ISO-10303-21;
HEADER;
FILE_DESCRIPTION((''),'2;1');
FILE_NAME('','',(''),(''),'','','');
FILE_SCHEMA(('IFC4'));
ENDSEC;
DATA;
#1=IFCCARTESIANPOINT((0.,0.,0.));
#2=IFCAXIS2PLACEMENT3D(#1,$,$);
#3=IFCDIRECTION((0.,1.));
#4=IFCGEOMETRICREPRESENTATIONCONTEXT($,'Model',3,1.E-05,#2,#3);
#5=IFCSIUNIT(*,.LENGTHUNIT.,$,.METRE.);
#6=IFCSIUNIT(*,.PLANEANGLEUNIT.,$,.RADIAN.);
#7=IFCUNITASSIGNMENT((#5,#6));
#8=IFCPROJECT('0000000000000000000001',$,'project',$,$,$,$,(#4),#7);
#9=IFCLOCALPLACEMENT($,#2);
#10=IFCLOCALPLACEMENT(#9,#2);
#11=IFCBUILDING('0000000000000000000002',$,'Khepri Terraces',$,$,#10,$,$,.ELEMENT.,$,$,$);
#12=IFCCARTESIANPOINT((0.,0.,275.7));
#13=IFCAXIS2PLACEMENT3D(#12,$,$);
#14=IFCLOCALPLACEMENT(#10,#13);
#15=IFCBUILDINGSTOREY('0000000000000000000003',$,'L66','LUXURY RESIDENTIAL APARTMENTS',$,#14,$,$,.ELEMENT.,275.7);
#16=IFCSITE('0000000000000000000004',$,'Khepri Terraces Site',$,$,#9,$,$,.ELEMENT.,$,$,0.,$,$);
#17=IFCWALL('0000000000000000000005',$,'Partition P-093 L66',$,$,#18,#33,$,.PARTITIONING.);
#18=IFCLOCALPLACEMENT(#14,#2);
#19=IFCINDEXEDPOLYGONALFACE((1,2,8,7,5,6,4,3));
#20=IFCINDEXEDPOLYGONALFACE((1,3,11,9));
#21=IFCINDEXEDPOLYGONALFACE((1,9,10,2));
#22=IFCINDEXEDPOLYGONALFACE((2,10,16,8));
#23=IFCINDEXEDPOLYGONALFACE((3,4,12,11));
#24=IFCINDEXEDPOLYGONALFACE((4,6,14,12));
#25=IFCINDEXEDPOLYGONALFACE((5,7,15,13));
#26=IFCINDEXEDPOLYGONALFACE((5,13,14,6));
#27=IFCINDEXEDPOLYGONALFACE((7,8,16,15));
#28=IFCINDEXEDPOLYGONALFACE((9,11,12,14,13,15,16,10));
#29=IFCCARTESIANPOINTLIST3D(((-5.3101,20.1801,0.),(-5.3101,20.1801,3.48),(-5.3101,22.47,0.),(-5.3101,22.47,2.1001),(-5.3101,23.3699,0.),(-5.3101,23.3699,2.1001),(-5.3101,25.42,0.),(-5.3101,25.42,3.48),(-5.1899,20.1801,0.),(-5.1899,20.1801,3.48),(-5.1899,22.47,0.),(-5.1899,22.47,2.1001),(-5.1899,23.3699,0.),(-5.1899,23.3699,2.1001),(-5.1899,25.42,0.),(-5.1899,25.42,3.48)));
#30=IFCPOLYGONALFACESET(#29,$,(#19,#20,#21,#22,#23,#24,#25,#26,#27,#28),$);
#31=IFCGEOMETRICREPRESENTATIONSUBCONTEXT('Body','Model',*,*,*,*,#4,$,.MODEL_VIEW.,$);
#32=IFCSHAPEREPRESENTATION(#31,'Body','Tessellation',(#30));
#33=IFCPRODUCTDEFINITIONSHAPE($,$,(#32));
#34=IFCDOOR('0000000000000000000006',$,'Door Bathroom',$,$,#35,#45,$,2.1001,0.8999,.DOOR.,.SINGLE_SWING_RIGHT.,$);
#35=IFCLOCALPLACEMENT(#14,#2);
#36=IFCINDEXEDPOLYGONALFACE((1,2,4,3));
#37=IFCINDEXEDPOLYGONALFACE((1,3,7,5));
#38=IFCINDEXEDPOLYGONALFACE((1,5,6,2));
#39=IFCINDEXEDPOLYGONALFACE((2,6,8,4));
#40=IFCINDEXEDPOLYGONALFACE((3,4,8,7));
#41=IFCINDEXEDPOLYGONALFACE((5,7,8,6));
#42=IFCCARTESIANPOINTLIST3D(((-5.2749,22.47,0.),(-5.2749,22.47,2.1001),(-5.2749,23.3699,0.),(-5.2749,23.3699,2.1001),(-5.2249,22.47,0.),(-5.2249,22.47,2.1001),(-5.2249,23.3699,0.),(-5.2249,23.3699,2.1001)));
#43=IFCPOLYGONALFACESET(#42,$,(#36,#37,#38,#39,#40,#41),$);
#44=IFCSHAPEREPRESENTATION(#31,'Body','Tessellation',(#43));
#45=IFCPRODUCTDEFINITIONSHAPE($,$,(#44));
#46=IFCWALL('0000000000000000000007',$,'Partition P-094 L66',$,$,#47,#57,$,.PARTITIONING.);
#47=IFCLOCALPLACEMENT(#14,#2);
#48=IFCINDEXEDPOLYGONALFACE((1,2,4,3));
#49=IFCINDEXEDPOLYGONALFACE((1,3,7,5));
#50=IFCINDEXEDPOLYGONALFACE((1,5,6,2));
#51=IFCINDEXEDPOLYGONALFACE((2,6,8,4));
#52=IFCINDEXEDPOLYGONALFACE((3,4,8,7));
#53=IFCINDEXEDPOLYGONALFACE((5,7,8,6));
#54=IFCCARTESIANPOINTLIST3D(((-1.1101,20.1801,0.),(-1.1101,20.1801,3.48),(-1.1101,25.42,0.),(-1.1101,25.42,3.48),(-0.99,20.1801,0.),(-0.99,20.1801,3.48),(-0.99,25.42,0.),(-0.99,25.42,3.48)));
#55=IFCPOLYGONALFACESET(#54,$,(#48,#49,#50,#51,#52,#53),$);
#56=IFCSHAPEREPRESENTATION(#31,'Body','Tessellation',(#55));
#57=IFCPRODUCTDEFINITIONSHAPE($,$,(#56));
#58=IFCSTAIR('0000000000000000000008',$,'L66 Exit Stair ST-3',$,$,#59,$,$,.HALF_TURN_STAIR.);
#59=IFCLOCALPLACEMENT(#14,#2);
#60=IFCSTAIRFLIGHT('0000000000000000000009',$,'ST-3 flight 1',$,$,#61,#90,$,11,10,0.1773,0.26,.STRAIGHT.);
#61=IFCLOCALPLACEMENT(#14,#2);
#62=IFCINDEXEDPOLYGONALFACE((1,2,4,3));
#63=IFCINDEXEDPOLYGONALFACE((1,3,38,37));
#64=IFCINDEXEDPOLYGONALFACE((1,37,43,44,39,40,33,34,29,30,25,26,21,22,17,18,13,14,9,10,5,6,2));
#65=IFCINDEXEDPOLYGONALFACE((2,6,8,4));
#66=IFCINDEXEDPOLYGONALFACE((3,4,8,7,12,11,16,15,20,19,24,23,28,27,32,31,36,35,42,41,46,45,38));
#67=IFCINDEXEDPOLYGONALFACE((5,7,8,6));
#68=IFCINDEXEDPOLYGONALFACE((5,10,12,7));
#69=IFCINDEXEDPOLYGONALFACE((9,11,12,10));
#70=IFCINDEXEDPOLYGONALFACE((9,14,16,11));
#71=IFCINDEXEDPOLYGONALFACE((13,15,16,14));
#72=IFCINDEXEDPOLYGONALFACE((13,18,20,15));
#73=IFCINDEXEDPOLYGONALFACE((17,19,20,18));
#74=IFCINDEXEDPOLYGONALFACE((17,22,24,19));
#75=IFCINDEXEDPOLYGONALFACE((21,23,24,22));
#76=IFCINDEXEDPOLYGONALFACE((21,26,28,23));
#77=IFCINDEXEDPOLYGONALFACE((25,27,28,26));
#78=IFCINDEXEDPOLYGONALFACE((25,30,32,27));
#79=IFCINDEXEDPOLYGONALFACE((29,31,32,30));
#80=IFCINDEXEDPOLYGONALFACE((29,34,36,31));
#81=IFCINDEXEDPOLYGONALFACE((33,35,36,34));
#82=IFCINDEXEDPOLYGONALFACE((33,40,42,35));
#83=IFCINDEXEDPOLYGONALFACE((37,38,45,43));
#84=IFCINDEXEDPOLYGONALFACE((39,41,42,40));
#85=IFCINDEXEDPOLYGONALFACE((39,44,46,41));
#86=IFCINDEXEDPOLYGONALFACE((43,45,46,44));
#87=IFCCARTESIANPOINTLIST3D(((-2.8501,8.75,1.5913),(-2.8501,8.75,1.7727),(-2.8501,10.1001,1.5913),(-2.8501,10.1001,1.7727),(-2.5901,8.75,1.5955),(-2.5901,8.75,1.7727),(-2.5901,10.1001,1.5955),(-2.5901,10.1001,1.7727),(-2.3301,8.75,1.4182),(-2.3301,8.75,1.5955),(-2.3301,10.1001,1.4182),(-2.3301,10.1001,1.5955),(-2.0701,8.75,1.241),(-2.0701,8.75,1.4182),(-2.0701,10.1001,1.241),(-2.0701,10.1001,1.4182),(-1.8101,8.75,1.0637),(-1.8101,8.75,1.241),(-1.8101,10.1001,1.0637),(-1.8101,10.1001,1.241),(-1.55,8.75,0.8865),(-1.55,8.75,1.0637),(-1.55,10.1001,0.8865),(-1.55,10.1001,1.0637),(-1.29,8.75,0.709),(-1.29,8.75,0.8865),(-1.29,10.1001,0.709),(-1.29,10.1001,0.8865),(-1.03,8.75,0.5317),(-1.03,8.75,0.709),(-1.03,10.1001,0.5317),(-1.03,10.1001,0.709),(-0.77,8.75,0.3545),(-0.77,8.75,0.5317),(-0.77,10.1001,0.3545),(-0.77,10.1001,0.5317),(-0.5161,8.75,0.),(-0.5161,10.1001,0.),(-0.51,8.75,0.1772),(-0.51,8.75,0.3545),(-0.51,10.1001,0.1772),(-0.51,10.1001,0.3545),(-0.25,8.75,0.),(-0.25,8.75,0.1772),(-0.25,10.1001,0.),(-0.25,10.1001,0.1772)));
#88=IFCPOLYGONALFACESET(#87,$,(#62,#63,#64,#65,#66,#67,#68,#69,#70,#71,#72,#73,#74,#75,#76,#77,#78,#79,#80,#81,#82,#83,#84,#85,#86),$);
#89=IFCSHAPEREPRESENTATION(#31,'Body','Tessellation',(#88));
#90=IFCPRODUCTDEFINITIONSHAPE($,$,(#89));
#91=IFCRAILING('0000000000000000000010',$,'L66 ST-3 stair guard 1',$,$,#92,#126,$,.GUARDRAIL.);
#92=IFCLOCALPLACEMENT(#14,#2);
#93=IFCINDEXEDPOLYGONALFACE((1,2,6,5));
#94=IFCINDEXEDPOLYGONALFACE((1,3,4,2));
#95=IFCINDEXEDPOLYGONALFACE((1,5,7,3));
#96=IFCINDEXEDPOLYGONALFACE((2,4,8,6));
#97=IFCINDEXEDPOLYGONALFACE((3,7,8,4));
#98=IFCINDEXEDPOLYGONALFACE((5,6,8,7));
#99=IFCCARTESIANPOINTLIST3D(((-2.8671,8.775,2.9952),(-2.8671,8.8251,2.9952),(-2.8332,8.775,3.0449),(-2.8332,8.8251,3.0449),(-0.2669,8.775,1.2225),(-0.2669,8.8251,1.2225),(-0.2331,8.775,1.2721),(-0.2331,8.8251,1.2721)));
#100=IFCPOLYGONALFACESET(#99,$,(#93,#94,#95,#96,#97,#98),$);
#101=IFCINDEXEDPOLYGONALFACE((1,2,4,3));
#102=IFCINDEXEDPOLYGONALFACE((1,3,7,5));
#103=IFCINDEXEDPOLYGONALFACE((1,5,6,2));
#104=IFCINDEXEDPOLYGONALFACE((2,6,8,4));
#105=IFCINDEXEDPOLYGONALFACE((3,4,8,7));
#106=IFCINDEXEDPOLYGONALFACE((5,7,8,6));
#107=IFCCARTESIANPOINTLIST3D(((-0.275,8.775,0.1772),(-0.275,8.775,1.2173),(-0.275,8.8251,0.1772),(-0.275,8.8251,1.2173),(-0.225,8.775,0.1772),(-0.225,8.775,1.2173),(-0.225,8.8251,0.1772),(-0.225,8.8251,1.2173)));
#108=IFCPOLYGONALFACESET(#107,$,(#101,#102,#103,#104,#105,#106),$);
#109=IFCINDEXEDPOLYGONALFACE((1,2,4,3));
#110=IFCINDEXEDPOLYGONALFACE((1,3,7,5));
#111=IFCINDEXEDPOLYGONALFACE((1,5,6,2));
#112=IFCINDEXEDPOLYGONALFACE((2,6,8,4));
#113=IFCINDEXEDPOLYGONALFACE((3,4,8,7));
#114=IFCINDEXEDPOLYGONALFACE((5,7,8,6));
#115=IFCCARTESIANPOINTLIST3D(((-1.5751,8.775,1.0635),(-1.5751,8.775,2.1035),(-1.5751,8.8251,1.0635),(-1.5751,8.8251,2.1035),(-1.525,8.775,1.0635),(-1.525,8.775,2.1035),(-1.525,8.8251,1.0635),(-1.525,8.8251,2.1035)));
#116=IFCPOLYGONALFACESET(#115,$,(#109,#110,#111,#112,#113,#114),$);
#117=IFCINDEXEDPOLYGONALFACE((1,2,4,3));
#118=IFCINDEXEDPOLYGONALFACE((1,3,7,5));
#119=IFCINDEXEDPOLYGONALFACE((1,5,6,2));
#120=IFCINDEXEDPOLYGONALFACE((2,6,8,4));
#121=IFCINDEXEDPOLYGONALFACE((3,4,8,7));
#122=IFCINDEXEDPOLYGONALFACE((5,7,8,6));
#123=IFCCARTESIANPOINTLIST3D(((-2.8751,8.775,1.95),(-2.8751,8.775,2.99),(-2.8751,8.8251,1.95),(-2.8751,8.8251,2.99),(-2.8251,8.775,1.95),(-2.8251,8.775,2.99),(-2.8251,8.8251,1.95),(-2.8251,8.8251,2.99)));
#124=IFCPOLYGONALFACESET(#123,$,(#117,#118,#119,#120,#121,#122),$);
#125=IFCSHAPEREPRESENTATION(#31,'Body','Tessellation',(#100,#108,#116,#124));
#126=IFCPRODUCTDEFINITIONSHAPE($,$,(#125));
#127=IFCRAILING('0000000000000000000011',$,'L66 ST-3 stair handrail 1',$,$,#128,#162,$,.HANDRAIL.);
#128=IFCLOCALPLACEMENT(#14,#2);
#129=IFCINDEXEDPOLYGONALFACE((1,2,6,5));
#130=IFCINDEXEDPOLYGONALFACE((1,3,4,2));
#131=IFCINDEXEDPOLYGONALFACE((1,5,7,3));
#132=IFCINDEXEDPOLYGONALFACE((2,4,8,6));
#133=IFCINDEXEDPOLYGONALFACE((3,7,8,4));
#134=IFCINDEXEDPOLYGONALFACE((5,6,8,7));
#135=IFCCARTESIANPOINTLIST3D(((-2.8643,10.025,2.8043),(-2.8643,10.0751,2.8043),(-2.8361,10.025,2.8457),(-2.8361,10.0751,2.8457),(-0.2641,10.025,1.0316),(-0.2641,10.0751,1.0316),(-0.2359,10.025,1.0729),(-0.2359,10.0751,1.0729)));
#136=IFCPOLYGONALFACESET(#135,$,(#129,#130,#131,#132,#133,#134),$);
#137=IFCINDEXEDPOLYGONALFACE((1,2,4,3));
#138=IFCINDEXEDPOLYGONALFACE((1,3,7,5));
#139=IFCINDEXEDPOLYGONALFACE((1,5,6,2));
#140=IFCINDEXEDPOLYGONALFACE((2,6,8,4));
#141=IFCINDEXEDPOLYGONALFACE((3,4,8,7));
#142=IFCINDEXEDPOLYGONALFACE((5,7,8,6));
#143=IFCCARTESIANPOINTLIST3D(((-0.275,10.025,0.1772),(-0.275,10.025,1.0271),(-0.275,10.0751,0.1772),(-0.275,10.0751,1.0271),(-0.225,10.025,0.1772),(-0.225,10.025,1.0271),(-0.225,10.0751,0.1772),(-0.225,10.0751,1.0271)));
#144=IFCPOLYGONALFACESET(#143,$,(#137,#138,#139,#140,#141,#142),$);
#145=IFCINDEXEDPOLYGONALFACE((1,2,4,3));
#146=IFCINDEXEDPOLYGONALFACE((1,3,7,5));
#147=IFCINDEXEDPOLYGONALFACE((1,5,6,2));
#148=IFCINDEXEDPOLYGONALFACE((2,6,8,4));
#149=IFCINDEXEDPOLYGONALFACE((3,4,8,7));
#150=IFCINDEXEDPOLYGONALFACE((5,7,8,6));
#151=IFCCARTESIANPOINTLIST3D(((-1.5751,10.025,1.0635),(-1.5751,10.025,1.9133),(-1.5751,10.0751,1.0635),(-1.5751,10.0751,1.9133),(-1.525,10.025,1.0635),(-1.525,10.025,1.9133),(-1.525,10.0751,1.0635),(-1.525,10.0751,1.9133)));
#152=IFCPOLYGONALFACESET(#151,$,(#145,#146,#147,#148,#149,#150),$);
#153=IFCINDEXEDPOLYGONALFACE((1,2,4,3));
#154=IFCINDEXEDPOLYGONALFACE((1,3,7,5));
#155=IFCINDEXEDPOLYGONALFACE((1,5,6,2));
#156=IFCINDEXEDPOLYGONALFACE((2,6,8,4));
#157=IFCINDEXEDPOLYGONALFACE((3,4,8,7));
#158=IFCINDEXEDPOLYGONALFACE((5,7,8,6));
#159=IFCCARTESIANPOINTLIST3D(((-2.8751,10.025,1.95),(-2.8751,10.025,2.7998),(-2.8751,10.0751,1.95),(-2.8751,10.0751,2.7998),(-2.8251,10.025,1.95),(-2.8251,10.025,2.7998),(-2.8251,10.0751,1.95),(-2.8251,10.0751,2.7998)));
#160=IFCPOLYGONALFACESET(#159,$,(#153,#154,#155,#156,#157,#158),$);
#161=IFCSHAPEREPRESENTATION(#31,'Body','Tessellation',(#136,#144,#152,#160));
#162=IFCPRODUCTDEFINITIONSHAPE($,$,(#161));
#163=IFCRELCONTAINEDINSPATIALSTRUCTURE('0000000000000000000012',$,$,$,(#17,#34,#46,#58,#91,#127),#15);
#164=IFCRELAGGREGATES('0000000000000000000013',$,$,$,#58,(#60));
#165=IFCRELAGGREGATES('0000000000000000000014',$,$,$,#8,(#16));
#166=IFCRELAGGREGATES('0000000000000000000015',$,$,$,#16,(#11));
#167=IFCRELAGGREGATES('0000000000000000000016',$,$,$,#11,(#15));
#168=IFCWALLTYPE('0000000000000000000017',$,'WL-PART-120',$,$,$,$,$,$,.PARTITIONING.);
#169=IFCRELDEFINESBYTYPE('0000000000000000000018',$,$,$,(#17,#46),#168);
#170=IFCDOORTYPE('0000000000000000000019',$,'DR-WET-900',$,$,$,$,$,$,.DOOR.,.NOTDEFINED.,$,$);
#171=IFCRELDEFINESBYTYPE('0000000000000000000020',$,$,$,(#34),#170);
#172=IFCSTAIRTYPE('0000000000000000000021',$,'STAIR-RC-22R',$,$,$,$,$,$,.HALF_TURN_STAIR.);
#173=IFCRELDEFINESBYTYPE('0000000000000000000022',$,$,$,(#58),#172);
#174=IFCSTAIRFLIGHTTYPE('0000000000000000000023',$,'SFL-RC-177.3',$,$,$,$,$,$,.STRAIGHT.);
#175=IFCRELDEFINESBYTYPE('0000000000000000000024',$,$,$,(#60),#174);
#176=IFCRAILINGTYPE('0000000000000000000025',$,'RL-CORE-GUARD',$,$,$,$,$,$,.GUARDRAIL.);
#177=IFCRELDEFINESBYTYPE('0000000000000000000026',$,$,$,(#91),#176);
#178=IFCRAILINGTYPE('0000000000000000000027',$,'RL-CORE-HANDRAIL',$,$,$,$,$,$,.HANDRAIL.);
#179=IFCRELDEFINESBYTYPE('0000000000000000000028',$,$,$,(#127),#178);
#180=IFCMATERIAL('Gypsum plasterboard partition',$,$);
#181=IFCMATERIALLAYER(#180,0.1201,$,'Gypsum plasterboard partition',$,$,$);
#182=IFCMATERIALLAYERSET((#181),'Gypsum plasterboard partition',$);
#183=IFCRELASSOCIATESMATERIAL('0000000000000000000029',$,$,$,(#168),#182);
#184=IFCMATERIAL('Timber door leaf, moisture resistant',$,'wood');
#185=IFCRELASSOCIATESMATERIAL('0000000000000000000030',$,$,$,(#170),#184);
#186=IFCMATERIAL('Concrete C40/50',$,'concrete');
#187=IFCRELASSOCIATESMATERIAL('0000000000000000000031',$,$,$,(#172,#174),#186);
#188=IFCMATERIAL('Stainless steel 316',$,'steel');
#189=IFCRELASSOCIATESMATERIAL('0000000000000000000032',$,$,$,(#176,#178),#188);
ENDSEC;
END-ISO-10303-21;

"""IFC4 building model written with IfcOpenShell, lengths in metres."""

from ifc_helpers import new_model, si_unit, direction, frame, frame_2d, origin, origin_2d, place, context, subcontext, project, spatial, polyline, rectangle, outline, extrude, material, layer, layer_set, type_object, element, fill, aggregate, save


model = new_model("IFC4")

# Units and contexts
model_context = context("Model", 3, precision=1e-05, world=origin(), true_north=direction((0.0, 1.0)))
body_context = subcontext(model_context, "Body", "Model", "MODEL_VIEW")
ifc_project = project(units=[si_unit("LENGTHUNIT", "METRE"), si_unit("PLANEANGLEUNIT", "RADIAN")], contexts=[model_context])

# Site, building, storey
site_placement = place(None, origin())
site = spatial("IfcSite", under=ifc_project, at=site_placement, Name="Khepri Terraces Site", CompositionType="ELEMENT", RefElevation=0.0)
building_placement = place(site_placement, origin())
building = spatial("IfcBuilding", under=site, at=building_placement, Name="Khepri Terraces", CompositionType="ELEMENT")
storey_placement = place(building_placement, frame((0.0, 0.0, 275.7)))
storey = spatial("IfcBuildingStorey", under=building, at=storey_placement, Name="L66", Description="LUXURY RESIDENTIAL APARTMENTS", CompositionType="ELEMENT", Elevation=275.7)

# Shared definitions
ifc_material_1 = material(Name="Concrete C40/50", Category="concrete")

# Shared definitions
ifc_material_2 = material(Name="Gypsum plasterboard partition")
ifc_layer_1 = layer(ifc_material_2, 0.1201, Name="Gypsum plasterboard partition")
ifc_layer_set_1 = layer_set([ifc_layer_1], Name="Gypsum plasterboard partition")
wall_type_1 = type_object("IfcWallType", Name="WL-PART-120", PredefinedType="PARTITIONING", material=ifc_layer_set_1)

# Shared definitions
ifc_material_3 = material(Name="Timber door leaf, moisture resistant", Category="wood")
door_type_1 = type_object("IfcDoorType", Name="DR-WET-900", OperationType="NOTDEFINED", PredefinedType="DOOR", material=ifc_material_3)

# Wall, opening, door
wall_1_placement = place(storey_placement, frame((-5.25, 20.1799, 0.0), z_axis=(0.0, 0.0, 1.0), x_axis=(0.0, 1.0, 0.0)))
wall_1 = element("IfcWall", 1, at=wall_1_placement, inside=storey, type_object=wall_type_1, Name="Partition P-093 L66", PredefinedType="PARTITIONING", context=body_context, shape_type="SweptSolid", body=[
    extrude(rectangle(XDim=5.24, YDim=0.1201, at=frame_2d((2.6201, 0.0))), origin(), (0.0, 0.0, 1.0), 3.48),
])
opening_1_placement = place(wall_1_placement, frame((2.29, 0.0, 0.0)))
opening_1 = element("IfcOpeningElement", 2, at=opening_1_placement, cuts=wall_1, PredefinedType="OPENING", context=body_context, shape_type="SweptSolid", body=[
    extrude(rectangle(XDim=0.8999, YDim=2.1001, at=frame_2d((0.45, 1.05))), frame((0.0, 0.0701, 0.0), z_axis=(0.0, -1.0, 0.0), x_axis=(1.0, 0.0, 0.0)), (0.0, 0.0, 1.0), 0.1401),
])
door_1_placement = place(opening_1_placement, origin())
door_1 = element("IfcDoor", 3, at=door_1_placement, inside=storey, type_object=door_type_1, Name="Door Bathroom", OperationType="SINGLE_SWING_RIGHT", OverallHeight=2.1001, OverallWidth=0.8999, PredefinedType="DOOR", context=body_context, shape_type="SweptSolid", body=[
    extrude(rectangle(XDim=0.8999, YDim=2.1001, at=frame_2d((0.45, 1.05))), frame((0.0, 0.0249, 0.0), z_axis=(0.0, -1.0, 0.0), x_axis=(1.0, 0.0, 0.0)), (0.0, 0.0, 1.0), 0.05),
])
fill(opening_1, door_1)

# Wall
wall_2_placement = place(storey_placement, frame((-1.05, 20.1799, 0.0), z_axis=(0.0, 0.0, 1.0), x_axis=(0.0, 1.0, 0.0)))
element("IfcWall", 4, at=wall_2_placement, inside=storey, type_object=wall_type_1, Name="Partition P-094 L66", PredefinedType="PARTITIONING", context=body_context, shape_type="SweptSolid", body=[
    extrude(rectangle(XDim=5.24, YDim=0.1201, at=frame_2d((2.6201, 0.0))), origin(), (0.0, 0.0, 1.0), 3.48),
])

# Stair, stair flight
stair_type = type_object("IfcStairType", Name="STAIR-RC-22R", PredefinedType="HALF_TURN_STAIR", material=ifc_material_1)
stair_placement = place(storey_placement, origin())
stair = element("IfcStair", 5, at=stair_placement, inside=storey, type_object=stair_type, Name="L66 Exit Stair ST-3", PredefinedType="HALF_TURN_STAIR")
stair_flight_type = type_object("IfcStairFlightType", Name="SFL-RC-177.3", PredefinedType="STRAIGHT", material=ifc_material_1)
stair_flight_placement = place(storey_placement, frame((-0.25, 9.425, 0.0), z_axis=(0.0, 0.0, 1.0), x_axis=(-1.0, 0.0, 0.0)))
stair_flight = element("IfcStairFlight", 6, at=stair_flight_placement, type_object=stair_flight_type, Name="ST-3 flight 1", NumberOfRisers=11, NumberOfTreads=10, PredefinedType="STRAIGHT", RiserHeight=0.1773, TreadLength=0.26, context=body_context, shape_type="SweptSolid", body=[
    extrude(outline(polyline([(0.0, 0.0), (0.0, 0.1772), (0.26, 0.1772), (0.26, 0.3545), (0.52, 0.3545), (0.52, 0.5317), (0.78, 0.5317), (0.78, 0.709), (1.04, 0.709), (1.04, 0.8865), (1.3, 0.8865), (1.3, 1.0637), (1.5601, 1.0637), (1.5601, 1.241), (1.8201, 1.241), (1.8201, 1.4182), (2.0801, 1.4182), (2.0801, 1.5955), (2.3401, 1.5955), (2.3401, 1.7727), (2.6001, 1.7727), (2.6001, 1.95), (2.6001, 1.5913), (0.2661, 0.0), (0.0, 0.0)])), frame((0.0, 0.675, 0.0), z_axis=(0.0, -1.0, 0.0), x_axis=(1.0, 0.0, 0.0)), (0.0, 0.0, 1.0), 1.3501),
])
aggregate(stair, [stair_flight])

# Railings
ifc_material_4 = material(Name="Stainless steel 316", Category="steel")
railing_type_1 = type_object("IfcRailingType", Name="RL-CORE-GUARD", PredefinedType="GUARDRAIL", material=ifc_material_4)
railing_1_placement = place(storey_placement, frame((-0.25, 8.8, 0.1772)))
element("IfcRailing", 7, at=railing_1_placement, inside=storey, type_object=railing_type_1, Name="L66 ST-3 stair guard 1", PredefinedType="GUARDRAIL", context=body_context, shape_type="SweptSolid", body=[
    extrude(rectangle(XDim=0.05, YDim=0.0601, at=origin_2d()), frame((0.0, 0.0, 1.0701), z_axis=(-0.82624, 0.0, 0.563318), x_axis=(0.0, -1.0, 0.0)), (0.0, 0.0, 1.0), 3.147),
    extrude(rectangle(XDim=0.05, YDim=0.05, at=origin_2d()), origin(), (0.0, 0.0, 1.0), 1.04),
    extrude(rectangle(XDim=0.05, YDim=0.05, at=origin_2d()), frame((-1.3, 0.0, 0.8862)), (0.0, 0.0, 1.0), 1.04),
    extrude(rectangle(XDim=0.05, YDim=0.05, at=origin_2d()), frame((-2.6001, 0.0, 1.7727)), (0.0, 0.0, 1.0), 1.04),
])
railing_type_2 = type_object("IfcRailingType", Name="RL-CORE-HANDRAIL", PredefinedType="HANDRAIL", material=ifc_material_4)
railing_2_placement = place(storey_placement, frame((-0.25, 10.05, 0.1772)))
element("IfcRailing", 8, at=railing_2_placement, inside=storey, type_object=railing_type_2, Name="L66 ST-3 stair handrail 1", PredefinedType="HANDRAIL", context=body_context, shape_type="SweptSolid", body=[
    extrude(rectangle(XDim=0.05, YDim=0.05, at=origin_2d()), frame((0.0, 0.0, 0.875), z_axis=(-0.82624, 0.0, 0.563318), x_axis=(0.0, -1.0, 0.0)), (0.0, 0.0, 1.0), 3.147),
    extrude(rectangle(XDim=0.05, YDim=0.05, at=origin_2d()), origin(), (0.0, 0.0, 1.0), 0.8499),
    extrude(rectangle(XDim=0.05, YDim=0.05, at=origin_2d()), frame((-1.3, 0.0, 0.8862)), (0.0, 0.0, 1.0), 0.8499),
    extrude(rectangle(XDim=0.05, YDim=0.05, at=origin_2d()), frame((-2.6001, 0.0, 1.7727)), (0.0, 0.0, 1.0), 0.8499),
])

save(model, "model.ifc")
